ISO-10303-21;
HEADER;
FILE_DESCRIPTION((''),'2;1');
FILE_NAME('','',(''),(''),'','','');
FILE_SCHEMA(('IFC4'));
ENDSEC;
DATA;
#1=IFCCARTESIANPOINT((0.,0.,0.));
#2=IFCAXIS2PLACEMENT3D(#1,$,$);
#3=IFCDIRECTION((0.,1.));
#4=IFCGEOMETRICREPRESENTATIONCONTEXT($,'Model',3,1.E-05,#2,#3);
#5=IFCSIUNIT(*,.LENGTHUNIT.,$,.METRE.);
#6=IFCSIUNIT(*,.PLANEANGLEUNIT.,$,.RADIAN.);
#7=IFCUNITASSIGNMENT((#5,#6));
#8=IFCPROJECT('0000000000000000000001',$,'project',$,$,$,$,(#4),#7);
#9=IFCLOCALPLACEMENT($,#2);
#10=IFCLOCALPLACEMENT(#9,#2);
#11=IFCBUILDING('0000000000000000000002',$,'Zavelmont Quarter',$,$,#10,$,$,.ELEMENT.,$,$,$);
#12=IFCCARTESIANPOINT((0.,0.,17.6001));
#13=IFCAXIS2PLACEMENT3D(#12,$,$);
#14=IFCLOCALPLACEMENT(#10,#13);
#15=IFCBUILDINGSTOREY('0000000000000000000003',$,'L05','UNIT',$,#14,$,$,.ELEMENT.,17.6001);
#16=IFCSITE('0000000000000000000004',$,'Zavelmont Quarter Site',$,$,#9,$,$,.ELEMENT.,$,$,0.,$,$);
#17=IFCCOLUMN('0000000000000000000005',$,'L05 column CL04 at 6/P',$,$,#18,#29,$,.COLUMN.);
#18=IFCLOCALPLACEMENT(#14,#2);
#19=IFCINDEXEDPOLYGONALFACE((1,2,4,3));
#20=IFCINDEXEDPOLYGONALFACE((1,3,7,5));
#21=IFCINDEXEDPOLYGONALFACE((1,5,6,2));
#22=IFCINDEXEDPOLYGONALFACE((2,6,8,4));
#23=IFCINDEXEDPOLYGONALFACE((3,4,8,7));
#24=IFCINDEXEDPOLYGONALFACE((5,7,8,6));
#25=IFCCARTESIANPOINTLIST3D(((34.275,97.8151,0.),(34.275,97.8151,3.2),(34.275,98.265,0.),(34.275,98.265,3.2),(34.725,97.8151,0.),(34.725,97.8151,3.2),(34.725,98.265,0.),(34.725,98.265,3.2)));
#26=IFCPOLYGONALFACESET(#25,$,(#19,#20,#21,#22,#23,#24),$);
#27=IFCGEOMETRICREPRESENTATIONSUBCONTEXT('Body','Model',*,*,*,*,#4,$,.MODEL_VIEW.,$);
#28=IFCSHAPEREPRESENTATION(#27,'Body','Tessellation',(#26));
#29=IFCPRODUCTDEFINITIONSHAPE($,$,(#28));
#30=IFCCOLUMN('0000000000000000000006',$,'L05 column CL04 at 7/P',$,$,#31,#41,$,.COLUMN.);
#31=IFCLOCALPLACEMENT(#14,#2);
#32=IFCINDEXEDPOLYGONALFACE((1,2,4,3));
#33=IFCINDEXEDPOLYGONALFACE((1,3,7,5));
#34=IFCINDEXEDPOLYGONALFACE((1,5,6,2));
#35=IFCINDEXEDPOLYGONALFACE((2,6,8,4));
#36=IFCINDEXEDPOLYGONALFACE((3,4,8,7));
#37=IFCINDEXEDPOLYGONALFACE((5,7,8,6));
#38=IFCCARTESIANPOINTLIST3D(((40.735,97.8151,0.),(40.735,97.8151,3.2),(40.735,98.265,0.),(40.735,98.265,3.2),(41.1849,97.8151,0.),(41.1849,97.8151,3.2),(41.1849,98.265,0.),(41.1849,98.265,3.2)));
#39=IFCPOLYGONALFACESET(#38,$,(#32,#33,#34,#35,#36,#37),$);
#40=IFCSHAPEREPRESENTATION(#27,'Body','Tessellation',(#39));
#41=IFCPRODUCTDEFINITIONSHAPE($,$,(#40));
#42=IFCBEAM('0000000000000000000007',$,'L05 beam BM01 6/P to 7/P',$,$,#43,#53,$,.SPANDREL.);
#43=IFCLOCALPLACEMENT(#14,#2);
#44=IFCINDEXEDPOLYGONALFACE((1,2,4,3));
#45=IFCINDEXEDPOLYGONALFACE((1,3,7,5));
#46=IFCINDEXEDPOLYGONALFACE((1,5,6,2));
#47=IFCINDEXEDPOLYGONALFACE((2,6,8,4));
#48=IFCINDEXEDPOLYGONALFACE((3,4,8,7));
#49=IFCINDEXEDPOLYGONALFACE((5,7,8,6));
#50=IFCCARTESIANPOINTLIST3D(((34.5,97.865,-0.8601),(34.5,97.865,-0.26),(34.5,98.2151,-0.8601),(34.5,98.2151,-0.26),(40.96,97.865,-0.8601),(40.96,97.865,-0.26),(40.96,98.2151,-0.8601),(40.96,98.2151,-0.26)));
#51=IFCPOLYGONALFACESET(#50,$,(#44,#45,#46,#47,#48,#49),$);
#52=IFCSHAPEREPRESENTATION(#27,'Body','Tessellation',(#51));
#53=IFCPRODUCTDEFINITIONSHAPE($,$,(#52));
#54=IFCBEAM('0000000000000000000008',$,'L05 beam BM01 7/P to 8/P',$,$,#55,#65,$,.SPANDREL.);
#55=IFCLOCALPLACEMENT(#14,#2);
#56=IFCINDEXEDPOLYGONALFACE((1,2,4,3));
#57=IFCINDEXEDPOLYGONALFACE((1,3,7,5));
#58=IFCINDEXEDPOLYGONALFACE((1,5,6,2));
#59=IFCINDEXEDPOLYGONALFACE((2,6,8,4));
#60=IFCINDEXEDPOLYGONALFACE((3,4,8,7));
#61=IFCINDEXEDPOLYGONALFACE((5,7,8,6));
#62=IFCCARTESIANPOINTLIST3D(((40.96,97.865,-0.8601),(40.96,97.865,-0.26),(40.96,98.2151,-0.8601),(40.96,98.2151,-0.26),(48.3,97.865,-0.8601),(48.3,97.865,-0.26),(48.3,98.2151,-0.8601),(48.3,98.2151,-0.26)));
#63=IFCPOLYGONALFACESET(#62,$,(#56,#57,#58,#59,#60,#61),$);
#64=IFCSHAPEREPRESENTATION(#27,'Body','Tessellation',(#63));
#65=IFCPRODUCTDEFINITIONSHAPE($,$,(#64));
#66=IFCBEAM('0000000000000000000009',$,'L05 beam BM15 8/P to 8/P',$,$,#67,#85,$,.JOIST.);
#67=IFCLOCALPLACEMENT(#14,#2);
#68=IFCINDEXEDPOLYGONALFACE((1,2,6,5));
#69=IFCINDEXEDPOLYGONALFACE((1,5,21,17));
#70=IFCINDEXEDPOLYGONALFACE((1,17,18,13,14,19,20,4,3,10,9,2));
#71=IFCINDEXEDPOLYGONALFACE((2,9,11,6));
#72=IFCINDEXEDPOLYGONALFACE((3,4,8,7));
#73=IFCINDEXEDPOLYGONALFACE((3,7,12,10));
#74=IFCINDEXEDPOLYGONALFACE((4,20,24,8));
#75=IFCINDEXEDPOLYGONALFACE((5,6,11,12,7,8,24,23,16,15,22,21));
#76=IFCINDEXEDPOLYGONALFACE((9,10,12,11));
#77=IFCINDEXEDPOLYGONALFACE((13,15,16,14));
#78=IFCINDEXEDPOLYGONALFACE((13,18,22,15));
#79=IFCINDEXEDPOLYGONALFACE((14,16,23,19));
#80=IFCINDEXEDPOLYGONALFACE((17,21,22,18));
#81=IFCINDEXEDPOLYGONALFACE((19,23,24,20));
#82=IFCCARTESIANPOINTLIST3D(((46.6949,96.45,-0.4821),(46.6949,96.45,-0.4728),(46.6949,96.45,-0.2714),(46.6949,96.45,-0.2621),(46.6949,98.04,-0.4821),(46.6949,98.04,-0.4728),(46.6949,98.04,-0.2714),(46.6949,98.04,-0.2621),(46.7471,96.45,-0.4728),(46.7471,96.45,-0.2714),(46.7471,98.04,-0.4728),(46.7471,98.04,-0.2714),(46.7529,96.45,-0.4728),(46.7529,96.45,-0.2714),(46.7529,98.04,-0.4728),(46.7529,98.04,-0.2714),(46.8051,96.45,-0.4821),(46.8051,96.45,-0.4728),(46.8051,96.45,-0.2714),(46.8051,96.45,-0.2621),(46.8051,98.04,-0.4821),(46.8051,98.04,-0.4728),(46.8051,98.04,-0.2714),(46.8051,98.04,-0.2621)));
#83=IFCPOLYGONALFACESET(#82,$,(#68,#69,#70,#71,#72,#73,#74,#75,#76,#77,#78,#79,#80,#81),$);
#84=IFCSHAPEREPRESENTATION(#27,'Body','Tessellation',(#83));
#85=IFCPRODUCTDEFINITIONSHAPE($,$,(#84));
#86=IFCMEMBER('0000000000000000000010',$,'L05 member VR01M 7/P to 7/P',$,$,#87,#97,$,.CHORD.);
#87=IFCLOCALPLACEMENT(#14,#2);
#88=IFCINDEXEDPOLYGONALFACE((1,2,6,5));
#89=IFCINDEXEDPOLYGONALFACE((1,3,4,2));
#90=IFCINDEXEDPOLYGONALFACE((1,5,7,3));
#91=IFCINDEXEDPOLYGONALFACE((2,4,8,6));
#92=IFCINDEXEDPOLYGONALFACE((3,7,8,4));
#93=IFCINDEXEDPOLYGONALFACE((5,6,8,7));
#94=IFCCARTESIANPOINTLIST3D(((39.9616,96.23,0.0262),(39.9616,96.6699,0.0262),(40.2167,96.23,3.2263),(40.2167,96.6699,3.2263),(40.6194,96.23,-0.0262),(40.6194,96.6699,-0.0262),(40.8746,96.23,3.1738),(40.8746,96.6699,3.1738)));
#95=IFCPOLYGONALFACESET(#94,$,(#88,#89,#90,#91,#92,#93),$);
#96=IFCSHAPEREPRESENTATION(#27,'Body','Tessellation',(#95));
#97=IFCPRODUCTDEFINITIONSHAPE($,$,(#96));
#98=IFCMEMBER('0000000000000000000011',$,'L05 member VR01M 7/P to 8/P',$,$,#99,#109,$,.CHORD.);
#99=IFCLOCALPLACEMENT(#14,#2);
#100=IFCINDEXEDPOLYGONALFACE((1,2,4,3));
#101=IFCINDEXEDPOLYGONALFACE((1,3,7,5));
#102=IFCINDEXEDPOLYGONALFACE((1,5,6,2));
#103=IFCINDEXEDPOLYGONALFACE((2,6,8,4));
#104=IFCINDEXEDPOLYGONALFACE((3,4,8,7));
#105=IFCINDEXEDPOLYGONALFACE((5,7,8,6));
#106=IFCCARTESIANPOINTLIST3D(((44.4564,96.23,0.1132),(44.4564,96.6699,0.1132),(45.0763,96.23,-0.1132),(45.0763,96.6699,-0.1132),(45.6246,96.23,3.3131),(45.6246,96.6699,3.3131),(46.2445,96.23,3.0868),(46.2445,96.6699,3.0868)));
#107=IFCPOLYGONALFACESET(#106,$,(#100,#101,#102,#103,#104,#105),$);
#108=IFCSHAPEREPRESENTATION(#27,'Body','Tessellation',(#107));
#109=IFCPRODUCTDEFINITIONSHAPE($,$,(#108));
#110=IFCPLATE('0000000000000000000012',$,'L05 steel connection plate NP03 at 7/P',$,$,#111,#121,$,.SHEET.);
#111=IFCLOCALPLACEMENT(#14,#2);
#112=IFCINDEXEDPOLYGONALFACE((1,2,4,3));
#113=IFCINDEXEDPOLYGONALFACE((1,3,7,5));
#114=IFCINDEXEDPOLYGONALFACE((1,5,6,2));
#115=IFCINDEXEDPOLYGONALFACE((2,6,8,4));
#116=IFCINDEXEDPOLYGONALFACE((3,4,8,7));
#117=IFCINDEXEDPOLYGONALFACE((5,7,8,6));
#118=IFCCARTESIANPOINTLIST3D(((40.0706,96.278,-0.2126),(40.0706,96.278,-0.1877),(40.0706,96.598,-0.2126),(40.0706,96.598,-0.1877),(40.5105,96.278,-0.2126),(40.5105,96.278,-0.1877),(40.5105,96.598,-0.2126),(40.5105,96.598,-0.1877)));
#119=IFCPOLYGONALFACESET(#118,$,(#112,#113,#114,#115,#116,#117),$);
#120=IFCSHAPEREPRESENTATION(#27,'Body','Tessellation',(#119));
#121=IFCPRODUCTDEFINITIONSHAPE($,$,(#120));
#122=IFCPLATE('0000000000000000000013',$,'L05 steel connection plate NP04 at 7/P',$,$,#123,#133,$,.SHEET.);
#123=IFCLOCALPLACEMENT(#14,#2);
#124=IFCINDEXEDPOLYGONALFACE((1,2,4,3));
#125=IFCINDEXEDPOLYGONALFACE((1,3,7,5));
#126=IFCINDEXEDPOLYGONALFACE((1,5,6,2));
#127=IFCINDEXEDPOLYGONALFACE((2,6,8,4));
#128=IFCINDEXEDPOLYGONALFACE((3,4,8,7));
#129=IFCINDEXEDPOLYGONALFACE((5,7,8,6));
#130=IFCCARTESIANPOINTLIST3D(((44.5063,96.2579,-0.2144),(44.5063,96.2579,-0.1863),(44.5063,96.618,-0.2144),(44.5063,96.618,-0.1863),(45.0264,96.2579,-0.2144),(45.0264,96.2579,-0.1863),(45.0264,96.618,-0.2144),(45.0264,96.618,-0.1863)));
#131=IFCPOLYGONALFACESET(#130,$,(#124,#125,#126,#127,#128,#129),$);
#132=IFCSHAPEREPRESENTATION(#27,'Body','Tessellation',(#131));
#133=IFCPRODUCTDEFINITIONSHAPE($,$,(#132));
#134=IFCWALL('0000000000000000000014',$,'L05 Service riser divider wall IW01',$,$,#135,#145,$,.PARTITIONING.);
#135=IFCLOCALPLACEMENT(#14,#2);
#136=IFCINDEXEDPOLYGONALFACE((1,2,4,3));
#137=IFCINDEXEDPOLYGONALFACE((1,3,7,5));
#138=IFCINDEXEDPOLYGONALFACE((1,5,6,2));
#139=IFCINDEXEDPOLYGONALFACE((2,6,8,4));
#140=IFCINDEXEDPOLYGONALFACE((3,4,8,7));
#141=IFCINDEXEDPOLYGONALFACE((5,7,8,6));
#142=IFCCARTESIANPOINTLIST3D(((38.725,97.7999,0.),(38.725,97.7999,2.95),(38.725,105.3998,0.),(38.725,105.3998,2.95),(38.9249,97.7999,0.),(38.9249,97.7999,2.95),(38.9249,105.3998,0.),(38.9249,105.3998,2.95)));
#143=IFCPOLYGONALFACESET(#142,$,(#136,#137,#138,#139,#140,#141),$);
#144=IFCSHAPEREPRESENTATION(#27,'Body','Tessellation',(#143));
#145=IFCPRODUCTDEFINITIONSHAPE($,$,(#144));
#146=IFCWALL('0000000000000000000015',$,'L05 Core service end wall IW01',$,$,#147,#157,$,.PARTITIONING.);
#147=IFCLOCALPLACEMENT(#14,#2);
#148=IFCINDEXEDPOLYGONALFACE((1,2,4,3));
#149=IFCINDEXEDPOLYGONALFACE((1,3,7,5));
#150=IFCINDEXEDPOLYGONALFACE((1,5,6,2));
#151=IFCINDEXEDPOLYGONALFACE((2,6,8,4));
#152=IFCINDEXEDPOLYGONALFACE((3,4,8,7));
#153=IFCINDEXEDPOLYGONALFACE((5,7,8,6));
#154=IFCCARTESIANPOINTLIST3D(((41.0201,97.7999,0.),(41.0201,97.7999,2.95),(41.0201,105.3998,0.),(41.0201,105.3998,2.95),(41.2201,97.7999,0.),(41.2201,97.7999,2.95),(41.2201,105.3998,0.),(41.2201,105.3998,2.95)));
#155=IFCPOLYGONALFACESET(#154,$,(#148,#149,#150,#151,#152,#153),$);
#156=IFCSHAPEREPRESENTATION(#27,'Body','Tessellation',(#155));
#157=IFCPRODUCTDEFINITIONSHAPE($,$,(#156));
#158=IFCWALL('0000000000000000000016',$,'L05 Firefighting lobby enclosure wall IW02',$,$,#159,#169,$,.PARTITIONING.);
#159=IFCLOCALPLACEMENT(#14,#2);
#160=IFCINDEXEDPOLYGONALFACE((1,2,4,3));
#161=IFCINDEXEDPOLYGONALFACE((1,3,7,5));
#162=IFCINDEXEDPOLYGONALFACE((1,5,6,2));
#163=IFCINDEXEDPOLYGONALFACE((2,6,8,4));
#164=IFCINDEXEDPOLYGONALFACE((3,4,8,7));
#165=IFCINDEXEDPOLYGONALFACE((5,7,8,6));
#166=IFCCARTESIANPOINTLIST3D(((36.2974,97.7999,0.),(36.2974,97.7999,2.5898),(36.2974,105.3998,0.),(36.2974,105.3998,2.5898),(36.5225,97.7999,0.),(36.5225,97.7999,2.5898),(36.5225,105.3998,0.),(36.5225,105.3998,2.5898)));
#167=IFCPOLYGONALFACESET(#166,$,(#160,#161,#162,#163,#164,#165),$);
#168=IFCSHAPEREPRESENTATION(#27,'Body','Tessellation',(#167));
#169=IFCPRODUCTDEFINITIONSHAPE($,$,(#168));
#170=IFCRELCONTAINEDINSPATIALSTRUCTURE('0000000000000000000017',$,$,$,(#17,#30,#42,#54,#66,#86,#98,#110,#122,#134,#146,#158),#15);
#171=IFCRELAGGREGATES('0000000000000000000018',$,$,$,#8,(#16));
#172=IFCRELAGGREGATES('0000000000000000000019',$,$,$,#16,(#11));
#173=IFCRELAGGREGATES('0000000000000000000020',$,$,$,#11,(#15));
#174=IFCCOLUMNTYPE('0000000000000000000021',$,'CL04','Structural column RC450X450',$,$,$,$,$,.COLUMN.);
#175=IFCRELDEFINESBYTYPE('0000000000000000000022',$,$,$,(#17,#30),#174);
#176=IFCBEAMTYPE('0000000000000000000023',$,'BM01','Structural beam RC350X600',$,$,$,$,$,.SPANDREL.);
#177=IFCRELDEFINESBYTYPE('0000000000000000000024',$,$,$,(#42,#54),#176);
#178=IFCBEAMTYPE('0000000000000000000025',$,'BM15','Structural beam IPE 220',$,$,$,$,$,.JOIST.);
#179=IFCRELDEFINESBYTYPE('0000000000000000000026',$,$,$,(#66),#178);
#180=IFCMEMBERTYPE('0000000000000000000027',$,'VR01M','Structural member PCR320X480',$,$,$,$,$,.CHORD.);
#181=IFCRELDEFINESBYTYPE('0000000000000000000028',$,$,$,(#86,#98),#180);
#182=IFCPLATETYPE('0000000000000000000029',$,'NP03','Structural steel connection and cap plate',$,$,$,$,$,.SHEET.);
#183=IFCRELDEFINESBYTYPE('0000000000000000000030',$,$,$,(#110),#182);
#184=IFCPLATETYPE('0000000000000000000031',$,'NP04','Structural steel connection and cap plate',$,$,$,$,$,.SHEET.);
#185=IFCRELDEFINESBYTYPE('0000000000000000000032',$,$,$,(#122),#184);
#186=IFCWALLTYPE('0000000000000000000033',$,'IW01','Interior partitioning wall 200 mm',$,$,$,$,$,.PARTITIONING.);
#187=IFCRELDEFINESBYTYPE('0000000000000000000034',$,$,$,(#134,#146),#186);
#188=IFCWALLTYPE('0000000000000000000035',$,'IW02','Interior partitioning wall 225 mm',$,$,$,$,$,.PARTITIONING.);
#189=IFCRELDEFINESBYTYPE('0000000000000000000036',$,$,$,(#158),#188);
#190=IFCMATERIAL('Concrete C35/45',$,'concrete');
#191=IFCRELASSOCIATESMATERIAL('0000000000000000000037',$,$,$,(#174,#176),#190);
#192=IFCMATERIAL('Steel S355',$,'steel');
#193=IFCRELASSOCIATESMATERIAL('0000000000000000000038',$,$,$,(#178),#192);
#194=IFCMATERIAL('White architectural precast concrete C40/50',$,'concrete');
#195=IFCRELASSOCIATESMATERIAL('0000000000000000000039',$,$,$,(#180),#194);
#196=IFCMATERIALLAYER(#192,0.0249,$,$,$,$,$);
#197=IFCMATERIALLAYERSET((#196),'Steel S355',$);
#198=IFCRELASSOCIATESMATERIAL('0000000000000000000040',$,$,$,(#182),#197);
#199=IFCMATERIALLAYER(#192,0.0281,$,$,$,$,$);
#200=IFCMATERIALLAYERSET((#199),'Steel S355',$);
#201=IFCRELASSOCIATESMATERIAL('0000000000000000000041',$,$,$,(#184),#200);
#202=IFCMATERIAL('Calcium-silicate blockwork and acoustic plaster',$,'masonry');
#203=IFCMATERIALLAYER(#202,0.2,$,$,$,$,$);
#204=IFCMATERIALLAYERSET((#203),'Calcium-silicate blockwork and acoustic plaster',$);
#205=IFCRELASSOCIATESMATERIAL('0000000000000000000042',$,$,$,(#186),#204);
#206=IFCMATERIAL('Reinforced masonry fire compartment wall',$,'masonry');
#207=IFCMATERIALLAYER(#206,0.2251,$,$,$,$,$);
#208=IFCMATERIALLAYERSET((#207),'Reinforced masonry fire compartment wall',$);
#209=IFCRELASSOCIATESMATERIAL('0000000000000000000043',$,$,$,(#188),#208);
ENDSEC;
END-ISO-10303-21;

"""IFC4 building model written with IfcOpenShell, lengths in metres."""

from ifc_helpers import new_model, si_unit, direction, frame, frame_2d, origin, origin_2d, place, context, subcontext, project, spatial, rectangle, i_section, extrude, material, layer, layer_set, material_profile, profile_set, type_object, element, save


model = new_model("IFC4")

# Units and contexts
model_context = context("Model", 3, precision=1e-05, world=origin(), true_north=direction((0.0, 1.0)))
body_context = subcontext(model_context, "Body", "Model", "MODEL_VIEW")
ifc_project = project(units=[si_unit("LENGTHUNIT", "METRE"), si_unit("PLANEANGLEUNIT", "RADIAN")], contexts=[model_context])

# Site, building, storey
site_placement = place(None, origin())
site = spatial("IfcSite", under=ifc_project, at=site_placement, Name="Zavelmont Quarter Site", CompositionType="ELEMENT", RefElevation=0.0)
building_placement = place(site_placement, origin())
building = spatial("IfcBuilding", under=site, at=building_placement, Name="Zavelmont Quarter", CompositionType="ELEMENT")
storey_placement = place(building_placement, frame((0.0, 0.0, 17.6001)))
storey = spatial("IfcBuildingStorey", under=building, at=storey_placement, Name="L05", Description="UNIT", CompositionType="ELEMENT", Elevation=17.6001)

# Columns
ifc_material_1 = material(Name="Concrete C35/45", Category="concrete")
ifc_material_profile_1 = material_profile(ifc_material_1, rectangle(XDim=0.45, YDim=0.45, at=origin_2d()), Name="RC450X450")
ifc_profile_set_1 = profile_set([ifc_material_profile_1], Name="Concrete C35/45")
column_type = type_object("IfcColumnType", Name="CL04", Description="Structural column RC450X450", PredefinedType="COLUMN", material=ifc_profile_set_1)
for number, where, z_axis, x_axis, name in (
    (1, (34.5, 98.04, 0.0), (0.0, 0.0, 1.0), (1.0, 0.0, 0.0), "L05 column CL04 at 6/P"),
    (2, (40.96, 98.04, 0.0), (0.0, 0.0, 1.0), (1.0, 0.0, 0.0), "L05 column CL04 at 7/P"),
):
    element("IfcColumn", number, at=place(storey_placement, frame(where, z_axis=z_axis, x_axis=x_axis)), inside=storey, type_object=column_type, Name=name, PredefinedType="COLUMN", context=body_context, shape_type="SweptSolid", body=[
        extrude(rectangle(XDim=0.45, YDim=0.45, at=origin_2d()), origin(), (0.0, 0.0, 1.0), 3.2),
    ])

# Beams
ifc_material_profile_2 = material_profile(ifc_material_1, rectangle(XDim=0.3501, YDim=0.6001, at=origin_2d()), Name="RC350X600")
ifc_profile_set_2 = profile_set([ifc_material_profile_2], Name="Concrete C35/45")
beam_type_1 = type_object("IfcBeamType", Name="BM01", Description="Structural beam RC350X600", PredefinedType="SPANDREL", material=ifc_profile_set_2)
beam_1_placement = place(storey_placement, frame((34.5, 98.04, -0.5601), z_axis=(1.0, 0.0, 0.0), x_axis=(0.0, 1.0, 0.0)))
element("IfcBeam", 3, at=beam_1_placement, inside=storey, type_object=beam_type_1, Name="L05 beam BM01 6/P to 7/P", PredefinedType="SPANDREL", context=body_context, shape_type="SweptSolid", body=[
    extrude(rectangle(XDim=0.3501, YDim=0.6001, at=origin_2d()), origin(), (0.0, 0.0, 1.0), 6.46),
])
beam_2_placement = place(storey_placement, frame((40.96, 98.04, -0.5601), z_axis=(1.0, 0.0, 0.0), x_axis=(0.0, 1.0, 0.0)))
element("IfcBeam", 4, at=beam_2_placement, inside=storey, type_object=beam_type_1, Name="L05 beam BM01 7/P to 8/P", PredefinedType="SPANDREL", context=body_context, shape_type="SweptSolid", body=[
    extrude(rectangle(XDim=0.3501, YDim=0.6001, at=origin_2d()), origin(), (0.0, 0.0, 1.0), 7.3401),
])
ifc_material_2 = material(Name="Steel S355", Category="steel")
ifc_material_profile_3 = material_profile(ifc_material_2, i_section(OverallWidth=0.1101, OverallDepth=0.22, WebThickness=0.0059, FlangeThickness=0.0093, at=origin_2d()), Name="IPE 220")
ifc_profile_set_3 = profile_set([ifc_material_profile_3], Name="Steel S355")
beam_type_2 = type_object("IfcBeamType", Name="BM15", Description="Structural beam IPE 220", PredefinedType="JOIST", material=ifc_profile_set_3)
beam_3_placement = place(storey_placement, frame((46.75, 98.04, -0.3721), z_axis=(0.0, -1.0, 0.0), x_axis=(1.0, 0.0, 0.0)))
element("IfcBeam", 5, at=beam_3_placement, inside=storey, type_object=beam_type_2, Name="L05 beam BM15 8/P to 8/P", PredefinedType="JOIST", context=body_context, shape_type="SweptSolid", body=[
    extrude(i_section(OverallWidth=0.1101, OverallDepth=0.22, WebThickness=0.0059, FlangeThickness=0.0093, at=origin_2d()), origin(), (0.0, 0.0, 1.0), 1.5901),
])

# Members
ifc_material_3 = material(Name="White architectural precast concrete C40/50", Category="concrete")
ifc_material_profile_4 = material_profile(ifc_material_3, rectangle(XDim=0.4399, YDim=0.6599, at=origin_2d()), Name="PCR320X480")
ifc_profile_set_4 = profile_set([ifc_material_profile_4], Name="White architectural precast concrete C40/50")
member_type = type_object("IfcMemberType", Name="VR01M", Description="Structural member PCR320X480", PredefinedType="CHORD", material=ifc_profile_set_4)
member_1_placement = place(storey_placement, frame((40.2905, 96.45, 0.0), z_axis=(0.079476, 0.0, 0.996837), x_axis=(0.0, 1.0, 0.0)))
element("IfcMember", 6, at=member_1_placement, inside=storey, type_object=member_type, Name="L05 member VR01M 7/P to 7/P", PredefinedType="CHORD", context=body_context, shape_type="SweptSolid", body=[
    extrude(rectangle(XDim=0.4399, YDim=0.6599, at=origin_2d()), origin(), (0.0, 0.0, 1.0), 3.2102),
])
member_2_placement = place(storey_placement, frame((44.7664, 96.45, 0.0), z_axis=(0.342934, 0.0, 0.93936), x_axis=(0.0, 1.0, 0.0)))
element("IfcMember", 7, at=member_2_placement, inside=storey, type_object=member_type, Name="L05 member VR01M 7/P to 8/P", PredefinedType="CHORD", context=body_context, shape_type="SweptSolid", body=[
    extrude(rectangle(XDim=0.4399, YDim=0.6599, at=origin_2d()), origin(), (0.0, 0.0, 1.0), 3.4065),
])

# Plates
ifc_layer_1 = layer(ifc_material_2, 0.0249)
ifc_layer_set_1 = layer_set([ifc_layer_1], Name="Steel S355")
plate_type_1 = type_object("IfcPlateType", Name="NP03", Description="Structural steel connection and cap plate", PredefinedType="SHEET", material=ifc_layer_set_1)
plate_1_placement = place(storey_placement, frame((40.2905, 96.438, -0.2126), z_axis=(0.0, 0.0, 1.0), x_axis=(1.0, 0.0, 0.0)))
element("IfcPlate", 8, at=plate_1_placement, inside=storey, type_object=plate_type_1, Name="L05 steel connection plate NP03 at 7/P", PredefinedType="SHEET", context=body_context, shape_type="SweptSolid", body=[
    extrude(rectangle(XDim=0.4399, YDim=0.3201, at=origin_2d()), origin(), (0.0, 0.0, 1.0), 0.0249),
])
ifc_layer_2 = layer(ifc_material_2, 0.0281)
ifc_layer_set_2 = layer_set([ifc_layer_2], Name="Steel S355")
plate_type_2 = type_object("IfcPlateType", Name="NP04", Description="Structural steel connection and cap plate", PredefinedType="SHEET", material=ifc_layer_set_2)
plate_2_placement = place(storey_placement, frame((44.7664, 96.438, -0.2144), z_axis=(0.0, 0.0, 1.0), x_axis=(1.0, 0.0, 0.0)))
element("IfcPlate", 9, at=plate_2_placement, inside=storey, type_object=plate_type_2, Name="L05 steel connection plate NP04 at 7/P", PredefinedType="SHEET", context=body_context, shape_type="SweptSolid", body=[
    extrude(rectangle(XDim=0.52, YDim=0.3601, at=origin_2d()), origin(), (0.0, 0.0, 1.0), 0.0281),
])

# Walls
ifc_material_4 = material(Name="Calcium-silicate blockwork and acoustic plaster", Category="masonry")
ifc_layer_3 = layer(ifc_material_4, 0.2)
ifc_layer_set_3 = layer_set([ifc_layer_3], Name="Calcium-silicate blockwork and acoustic plaster")
wall_type_1 = type_object("IfcWallType", Name="IW01", Description="Interior partitioning wall 200 mm", PredefinedType="PARTITIONING", material=ifc_layer_set_3)
for number, where, z_axis, x_axis, name in (
    (10, (38.825, 97.8, 0.0), (0.0, 0.0, 1.0), (0.0, 1.0, 0.0), "L05 Service riser divider wall IW01"),
    (11, (41.1201, 97.8, 0.0), (0.0, 0.0, 1.0), (0.0, 1.0, 0.0), "L05 Core service end wall IW01"),
):
    element("IfcWall", number, at=place(storey_placement, frame(where, z_axis=z_axis, x_axis=x_axis)), inside=storey, type_object=wall_type_1, Name=name, PredefinedType="PARTITIONING", context=body_context, shape_type="SweptSolid", body=[
        extrude(rectangle(XDim=7.5999, YDim=0.2, at=frame_2d((3.7998, 0.0))), origin(), (0.0, 0.0, 1.0), 2.95),
    ])
ifc_material_5 = material(Name="Reinforced masonry fire compartment wall", Category="masonry")
ifc_layer_4 = layer(ifc_material_5, 0.2251)
ifc_layer_set_4 = layer_set([ifc_layer_4], Name="Reinforced masonry fire compartment wall")
wall_type_2 = type_object("IfcWallType", Name="IW02", Description="Interior partitioning wall 225 mm", PredefinedType="PARTITIONING", material=ifc_layer_set_4)
wall_1_placement = place(storey_placement, frame((36.4099, 97.8, 0.0), z_axis=(0.0, 0.0, 1.0), x_axis=(0.0, 1.0, 0.0)))
element("IfcWall", 12, at=wall_1_placement, inside=storey, type_object=wall_type_2, Name="L05 Firefighting lobby enclosure wall IW02", PredefinedType="PARTITIONING", context=body_context, shape_type="SweptSolid", body=[
    extrude(rectangle(XDim=7.5999, YDim=0.2251, at=frame_2d((3.7998, 0.0))), origin(), (0.0, 0.0, 1.0), 2.5898),
])

save(model, "model.ifc")
